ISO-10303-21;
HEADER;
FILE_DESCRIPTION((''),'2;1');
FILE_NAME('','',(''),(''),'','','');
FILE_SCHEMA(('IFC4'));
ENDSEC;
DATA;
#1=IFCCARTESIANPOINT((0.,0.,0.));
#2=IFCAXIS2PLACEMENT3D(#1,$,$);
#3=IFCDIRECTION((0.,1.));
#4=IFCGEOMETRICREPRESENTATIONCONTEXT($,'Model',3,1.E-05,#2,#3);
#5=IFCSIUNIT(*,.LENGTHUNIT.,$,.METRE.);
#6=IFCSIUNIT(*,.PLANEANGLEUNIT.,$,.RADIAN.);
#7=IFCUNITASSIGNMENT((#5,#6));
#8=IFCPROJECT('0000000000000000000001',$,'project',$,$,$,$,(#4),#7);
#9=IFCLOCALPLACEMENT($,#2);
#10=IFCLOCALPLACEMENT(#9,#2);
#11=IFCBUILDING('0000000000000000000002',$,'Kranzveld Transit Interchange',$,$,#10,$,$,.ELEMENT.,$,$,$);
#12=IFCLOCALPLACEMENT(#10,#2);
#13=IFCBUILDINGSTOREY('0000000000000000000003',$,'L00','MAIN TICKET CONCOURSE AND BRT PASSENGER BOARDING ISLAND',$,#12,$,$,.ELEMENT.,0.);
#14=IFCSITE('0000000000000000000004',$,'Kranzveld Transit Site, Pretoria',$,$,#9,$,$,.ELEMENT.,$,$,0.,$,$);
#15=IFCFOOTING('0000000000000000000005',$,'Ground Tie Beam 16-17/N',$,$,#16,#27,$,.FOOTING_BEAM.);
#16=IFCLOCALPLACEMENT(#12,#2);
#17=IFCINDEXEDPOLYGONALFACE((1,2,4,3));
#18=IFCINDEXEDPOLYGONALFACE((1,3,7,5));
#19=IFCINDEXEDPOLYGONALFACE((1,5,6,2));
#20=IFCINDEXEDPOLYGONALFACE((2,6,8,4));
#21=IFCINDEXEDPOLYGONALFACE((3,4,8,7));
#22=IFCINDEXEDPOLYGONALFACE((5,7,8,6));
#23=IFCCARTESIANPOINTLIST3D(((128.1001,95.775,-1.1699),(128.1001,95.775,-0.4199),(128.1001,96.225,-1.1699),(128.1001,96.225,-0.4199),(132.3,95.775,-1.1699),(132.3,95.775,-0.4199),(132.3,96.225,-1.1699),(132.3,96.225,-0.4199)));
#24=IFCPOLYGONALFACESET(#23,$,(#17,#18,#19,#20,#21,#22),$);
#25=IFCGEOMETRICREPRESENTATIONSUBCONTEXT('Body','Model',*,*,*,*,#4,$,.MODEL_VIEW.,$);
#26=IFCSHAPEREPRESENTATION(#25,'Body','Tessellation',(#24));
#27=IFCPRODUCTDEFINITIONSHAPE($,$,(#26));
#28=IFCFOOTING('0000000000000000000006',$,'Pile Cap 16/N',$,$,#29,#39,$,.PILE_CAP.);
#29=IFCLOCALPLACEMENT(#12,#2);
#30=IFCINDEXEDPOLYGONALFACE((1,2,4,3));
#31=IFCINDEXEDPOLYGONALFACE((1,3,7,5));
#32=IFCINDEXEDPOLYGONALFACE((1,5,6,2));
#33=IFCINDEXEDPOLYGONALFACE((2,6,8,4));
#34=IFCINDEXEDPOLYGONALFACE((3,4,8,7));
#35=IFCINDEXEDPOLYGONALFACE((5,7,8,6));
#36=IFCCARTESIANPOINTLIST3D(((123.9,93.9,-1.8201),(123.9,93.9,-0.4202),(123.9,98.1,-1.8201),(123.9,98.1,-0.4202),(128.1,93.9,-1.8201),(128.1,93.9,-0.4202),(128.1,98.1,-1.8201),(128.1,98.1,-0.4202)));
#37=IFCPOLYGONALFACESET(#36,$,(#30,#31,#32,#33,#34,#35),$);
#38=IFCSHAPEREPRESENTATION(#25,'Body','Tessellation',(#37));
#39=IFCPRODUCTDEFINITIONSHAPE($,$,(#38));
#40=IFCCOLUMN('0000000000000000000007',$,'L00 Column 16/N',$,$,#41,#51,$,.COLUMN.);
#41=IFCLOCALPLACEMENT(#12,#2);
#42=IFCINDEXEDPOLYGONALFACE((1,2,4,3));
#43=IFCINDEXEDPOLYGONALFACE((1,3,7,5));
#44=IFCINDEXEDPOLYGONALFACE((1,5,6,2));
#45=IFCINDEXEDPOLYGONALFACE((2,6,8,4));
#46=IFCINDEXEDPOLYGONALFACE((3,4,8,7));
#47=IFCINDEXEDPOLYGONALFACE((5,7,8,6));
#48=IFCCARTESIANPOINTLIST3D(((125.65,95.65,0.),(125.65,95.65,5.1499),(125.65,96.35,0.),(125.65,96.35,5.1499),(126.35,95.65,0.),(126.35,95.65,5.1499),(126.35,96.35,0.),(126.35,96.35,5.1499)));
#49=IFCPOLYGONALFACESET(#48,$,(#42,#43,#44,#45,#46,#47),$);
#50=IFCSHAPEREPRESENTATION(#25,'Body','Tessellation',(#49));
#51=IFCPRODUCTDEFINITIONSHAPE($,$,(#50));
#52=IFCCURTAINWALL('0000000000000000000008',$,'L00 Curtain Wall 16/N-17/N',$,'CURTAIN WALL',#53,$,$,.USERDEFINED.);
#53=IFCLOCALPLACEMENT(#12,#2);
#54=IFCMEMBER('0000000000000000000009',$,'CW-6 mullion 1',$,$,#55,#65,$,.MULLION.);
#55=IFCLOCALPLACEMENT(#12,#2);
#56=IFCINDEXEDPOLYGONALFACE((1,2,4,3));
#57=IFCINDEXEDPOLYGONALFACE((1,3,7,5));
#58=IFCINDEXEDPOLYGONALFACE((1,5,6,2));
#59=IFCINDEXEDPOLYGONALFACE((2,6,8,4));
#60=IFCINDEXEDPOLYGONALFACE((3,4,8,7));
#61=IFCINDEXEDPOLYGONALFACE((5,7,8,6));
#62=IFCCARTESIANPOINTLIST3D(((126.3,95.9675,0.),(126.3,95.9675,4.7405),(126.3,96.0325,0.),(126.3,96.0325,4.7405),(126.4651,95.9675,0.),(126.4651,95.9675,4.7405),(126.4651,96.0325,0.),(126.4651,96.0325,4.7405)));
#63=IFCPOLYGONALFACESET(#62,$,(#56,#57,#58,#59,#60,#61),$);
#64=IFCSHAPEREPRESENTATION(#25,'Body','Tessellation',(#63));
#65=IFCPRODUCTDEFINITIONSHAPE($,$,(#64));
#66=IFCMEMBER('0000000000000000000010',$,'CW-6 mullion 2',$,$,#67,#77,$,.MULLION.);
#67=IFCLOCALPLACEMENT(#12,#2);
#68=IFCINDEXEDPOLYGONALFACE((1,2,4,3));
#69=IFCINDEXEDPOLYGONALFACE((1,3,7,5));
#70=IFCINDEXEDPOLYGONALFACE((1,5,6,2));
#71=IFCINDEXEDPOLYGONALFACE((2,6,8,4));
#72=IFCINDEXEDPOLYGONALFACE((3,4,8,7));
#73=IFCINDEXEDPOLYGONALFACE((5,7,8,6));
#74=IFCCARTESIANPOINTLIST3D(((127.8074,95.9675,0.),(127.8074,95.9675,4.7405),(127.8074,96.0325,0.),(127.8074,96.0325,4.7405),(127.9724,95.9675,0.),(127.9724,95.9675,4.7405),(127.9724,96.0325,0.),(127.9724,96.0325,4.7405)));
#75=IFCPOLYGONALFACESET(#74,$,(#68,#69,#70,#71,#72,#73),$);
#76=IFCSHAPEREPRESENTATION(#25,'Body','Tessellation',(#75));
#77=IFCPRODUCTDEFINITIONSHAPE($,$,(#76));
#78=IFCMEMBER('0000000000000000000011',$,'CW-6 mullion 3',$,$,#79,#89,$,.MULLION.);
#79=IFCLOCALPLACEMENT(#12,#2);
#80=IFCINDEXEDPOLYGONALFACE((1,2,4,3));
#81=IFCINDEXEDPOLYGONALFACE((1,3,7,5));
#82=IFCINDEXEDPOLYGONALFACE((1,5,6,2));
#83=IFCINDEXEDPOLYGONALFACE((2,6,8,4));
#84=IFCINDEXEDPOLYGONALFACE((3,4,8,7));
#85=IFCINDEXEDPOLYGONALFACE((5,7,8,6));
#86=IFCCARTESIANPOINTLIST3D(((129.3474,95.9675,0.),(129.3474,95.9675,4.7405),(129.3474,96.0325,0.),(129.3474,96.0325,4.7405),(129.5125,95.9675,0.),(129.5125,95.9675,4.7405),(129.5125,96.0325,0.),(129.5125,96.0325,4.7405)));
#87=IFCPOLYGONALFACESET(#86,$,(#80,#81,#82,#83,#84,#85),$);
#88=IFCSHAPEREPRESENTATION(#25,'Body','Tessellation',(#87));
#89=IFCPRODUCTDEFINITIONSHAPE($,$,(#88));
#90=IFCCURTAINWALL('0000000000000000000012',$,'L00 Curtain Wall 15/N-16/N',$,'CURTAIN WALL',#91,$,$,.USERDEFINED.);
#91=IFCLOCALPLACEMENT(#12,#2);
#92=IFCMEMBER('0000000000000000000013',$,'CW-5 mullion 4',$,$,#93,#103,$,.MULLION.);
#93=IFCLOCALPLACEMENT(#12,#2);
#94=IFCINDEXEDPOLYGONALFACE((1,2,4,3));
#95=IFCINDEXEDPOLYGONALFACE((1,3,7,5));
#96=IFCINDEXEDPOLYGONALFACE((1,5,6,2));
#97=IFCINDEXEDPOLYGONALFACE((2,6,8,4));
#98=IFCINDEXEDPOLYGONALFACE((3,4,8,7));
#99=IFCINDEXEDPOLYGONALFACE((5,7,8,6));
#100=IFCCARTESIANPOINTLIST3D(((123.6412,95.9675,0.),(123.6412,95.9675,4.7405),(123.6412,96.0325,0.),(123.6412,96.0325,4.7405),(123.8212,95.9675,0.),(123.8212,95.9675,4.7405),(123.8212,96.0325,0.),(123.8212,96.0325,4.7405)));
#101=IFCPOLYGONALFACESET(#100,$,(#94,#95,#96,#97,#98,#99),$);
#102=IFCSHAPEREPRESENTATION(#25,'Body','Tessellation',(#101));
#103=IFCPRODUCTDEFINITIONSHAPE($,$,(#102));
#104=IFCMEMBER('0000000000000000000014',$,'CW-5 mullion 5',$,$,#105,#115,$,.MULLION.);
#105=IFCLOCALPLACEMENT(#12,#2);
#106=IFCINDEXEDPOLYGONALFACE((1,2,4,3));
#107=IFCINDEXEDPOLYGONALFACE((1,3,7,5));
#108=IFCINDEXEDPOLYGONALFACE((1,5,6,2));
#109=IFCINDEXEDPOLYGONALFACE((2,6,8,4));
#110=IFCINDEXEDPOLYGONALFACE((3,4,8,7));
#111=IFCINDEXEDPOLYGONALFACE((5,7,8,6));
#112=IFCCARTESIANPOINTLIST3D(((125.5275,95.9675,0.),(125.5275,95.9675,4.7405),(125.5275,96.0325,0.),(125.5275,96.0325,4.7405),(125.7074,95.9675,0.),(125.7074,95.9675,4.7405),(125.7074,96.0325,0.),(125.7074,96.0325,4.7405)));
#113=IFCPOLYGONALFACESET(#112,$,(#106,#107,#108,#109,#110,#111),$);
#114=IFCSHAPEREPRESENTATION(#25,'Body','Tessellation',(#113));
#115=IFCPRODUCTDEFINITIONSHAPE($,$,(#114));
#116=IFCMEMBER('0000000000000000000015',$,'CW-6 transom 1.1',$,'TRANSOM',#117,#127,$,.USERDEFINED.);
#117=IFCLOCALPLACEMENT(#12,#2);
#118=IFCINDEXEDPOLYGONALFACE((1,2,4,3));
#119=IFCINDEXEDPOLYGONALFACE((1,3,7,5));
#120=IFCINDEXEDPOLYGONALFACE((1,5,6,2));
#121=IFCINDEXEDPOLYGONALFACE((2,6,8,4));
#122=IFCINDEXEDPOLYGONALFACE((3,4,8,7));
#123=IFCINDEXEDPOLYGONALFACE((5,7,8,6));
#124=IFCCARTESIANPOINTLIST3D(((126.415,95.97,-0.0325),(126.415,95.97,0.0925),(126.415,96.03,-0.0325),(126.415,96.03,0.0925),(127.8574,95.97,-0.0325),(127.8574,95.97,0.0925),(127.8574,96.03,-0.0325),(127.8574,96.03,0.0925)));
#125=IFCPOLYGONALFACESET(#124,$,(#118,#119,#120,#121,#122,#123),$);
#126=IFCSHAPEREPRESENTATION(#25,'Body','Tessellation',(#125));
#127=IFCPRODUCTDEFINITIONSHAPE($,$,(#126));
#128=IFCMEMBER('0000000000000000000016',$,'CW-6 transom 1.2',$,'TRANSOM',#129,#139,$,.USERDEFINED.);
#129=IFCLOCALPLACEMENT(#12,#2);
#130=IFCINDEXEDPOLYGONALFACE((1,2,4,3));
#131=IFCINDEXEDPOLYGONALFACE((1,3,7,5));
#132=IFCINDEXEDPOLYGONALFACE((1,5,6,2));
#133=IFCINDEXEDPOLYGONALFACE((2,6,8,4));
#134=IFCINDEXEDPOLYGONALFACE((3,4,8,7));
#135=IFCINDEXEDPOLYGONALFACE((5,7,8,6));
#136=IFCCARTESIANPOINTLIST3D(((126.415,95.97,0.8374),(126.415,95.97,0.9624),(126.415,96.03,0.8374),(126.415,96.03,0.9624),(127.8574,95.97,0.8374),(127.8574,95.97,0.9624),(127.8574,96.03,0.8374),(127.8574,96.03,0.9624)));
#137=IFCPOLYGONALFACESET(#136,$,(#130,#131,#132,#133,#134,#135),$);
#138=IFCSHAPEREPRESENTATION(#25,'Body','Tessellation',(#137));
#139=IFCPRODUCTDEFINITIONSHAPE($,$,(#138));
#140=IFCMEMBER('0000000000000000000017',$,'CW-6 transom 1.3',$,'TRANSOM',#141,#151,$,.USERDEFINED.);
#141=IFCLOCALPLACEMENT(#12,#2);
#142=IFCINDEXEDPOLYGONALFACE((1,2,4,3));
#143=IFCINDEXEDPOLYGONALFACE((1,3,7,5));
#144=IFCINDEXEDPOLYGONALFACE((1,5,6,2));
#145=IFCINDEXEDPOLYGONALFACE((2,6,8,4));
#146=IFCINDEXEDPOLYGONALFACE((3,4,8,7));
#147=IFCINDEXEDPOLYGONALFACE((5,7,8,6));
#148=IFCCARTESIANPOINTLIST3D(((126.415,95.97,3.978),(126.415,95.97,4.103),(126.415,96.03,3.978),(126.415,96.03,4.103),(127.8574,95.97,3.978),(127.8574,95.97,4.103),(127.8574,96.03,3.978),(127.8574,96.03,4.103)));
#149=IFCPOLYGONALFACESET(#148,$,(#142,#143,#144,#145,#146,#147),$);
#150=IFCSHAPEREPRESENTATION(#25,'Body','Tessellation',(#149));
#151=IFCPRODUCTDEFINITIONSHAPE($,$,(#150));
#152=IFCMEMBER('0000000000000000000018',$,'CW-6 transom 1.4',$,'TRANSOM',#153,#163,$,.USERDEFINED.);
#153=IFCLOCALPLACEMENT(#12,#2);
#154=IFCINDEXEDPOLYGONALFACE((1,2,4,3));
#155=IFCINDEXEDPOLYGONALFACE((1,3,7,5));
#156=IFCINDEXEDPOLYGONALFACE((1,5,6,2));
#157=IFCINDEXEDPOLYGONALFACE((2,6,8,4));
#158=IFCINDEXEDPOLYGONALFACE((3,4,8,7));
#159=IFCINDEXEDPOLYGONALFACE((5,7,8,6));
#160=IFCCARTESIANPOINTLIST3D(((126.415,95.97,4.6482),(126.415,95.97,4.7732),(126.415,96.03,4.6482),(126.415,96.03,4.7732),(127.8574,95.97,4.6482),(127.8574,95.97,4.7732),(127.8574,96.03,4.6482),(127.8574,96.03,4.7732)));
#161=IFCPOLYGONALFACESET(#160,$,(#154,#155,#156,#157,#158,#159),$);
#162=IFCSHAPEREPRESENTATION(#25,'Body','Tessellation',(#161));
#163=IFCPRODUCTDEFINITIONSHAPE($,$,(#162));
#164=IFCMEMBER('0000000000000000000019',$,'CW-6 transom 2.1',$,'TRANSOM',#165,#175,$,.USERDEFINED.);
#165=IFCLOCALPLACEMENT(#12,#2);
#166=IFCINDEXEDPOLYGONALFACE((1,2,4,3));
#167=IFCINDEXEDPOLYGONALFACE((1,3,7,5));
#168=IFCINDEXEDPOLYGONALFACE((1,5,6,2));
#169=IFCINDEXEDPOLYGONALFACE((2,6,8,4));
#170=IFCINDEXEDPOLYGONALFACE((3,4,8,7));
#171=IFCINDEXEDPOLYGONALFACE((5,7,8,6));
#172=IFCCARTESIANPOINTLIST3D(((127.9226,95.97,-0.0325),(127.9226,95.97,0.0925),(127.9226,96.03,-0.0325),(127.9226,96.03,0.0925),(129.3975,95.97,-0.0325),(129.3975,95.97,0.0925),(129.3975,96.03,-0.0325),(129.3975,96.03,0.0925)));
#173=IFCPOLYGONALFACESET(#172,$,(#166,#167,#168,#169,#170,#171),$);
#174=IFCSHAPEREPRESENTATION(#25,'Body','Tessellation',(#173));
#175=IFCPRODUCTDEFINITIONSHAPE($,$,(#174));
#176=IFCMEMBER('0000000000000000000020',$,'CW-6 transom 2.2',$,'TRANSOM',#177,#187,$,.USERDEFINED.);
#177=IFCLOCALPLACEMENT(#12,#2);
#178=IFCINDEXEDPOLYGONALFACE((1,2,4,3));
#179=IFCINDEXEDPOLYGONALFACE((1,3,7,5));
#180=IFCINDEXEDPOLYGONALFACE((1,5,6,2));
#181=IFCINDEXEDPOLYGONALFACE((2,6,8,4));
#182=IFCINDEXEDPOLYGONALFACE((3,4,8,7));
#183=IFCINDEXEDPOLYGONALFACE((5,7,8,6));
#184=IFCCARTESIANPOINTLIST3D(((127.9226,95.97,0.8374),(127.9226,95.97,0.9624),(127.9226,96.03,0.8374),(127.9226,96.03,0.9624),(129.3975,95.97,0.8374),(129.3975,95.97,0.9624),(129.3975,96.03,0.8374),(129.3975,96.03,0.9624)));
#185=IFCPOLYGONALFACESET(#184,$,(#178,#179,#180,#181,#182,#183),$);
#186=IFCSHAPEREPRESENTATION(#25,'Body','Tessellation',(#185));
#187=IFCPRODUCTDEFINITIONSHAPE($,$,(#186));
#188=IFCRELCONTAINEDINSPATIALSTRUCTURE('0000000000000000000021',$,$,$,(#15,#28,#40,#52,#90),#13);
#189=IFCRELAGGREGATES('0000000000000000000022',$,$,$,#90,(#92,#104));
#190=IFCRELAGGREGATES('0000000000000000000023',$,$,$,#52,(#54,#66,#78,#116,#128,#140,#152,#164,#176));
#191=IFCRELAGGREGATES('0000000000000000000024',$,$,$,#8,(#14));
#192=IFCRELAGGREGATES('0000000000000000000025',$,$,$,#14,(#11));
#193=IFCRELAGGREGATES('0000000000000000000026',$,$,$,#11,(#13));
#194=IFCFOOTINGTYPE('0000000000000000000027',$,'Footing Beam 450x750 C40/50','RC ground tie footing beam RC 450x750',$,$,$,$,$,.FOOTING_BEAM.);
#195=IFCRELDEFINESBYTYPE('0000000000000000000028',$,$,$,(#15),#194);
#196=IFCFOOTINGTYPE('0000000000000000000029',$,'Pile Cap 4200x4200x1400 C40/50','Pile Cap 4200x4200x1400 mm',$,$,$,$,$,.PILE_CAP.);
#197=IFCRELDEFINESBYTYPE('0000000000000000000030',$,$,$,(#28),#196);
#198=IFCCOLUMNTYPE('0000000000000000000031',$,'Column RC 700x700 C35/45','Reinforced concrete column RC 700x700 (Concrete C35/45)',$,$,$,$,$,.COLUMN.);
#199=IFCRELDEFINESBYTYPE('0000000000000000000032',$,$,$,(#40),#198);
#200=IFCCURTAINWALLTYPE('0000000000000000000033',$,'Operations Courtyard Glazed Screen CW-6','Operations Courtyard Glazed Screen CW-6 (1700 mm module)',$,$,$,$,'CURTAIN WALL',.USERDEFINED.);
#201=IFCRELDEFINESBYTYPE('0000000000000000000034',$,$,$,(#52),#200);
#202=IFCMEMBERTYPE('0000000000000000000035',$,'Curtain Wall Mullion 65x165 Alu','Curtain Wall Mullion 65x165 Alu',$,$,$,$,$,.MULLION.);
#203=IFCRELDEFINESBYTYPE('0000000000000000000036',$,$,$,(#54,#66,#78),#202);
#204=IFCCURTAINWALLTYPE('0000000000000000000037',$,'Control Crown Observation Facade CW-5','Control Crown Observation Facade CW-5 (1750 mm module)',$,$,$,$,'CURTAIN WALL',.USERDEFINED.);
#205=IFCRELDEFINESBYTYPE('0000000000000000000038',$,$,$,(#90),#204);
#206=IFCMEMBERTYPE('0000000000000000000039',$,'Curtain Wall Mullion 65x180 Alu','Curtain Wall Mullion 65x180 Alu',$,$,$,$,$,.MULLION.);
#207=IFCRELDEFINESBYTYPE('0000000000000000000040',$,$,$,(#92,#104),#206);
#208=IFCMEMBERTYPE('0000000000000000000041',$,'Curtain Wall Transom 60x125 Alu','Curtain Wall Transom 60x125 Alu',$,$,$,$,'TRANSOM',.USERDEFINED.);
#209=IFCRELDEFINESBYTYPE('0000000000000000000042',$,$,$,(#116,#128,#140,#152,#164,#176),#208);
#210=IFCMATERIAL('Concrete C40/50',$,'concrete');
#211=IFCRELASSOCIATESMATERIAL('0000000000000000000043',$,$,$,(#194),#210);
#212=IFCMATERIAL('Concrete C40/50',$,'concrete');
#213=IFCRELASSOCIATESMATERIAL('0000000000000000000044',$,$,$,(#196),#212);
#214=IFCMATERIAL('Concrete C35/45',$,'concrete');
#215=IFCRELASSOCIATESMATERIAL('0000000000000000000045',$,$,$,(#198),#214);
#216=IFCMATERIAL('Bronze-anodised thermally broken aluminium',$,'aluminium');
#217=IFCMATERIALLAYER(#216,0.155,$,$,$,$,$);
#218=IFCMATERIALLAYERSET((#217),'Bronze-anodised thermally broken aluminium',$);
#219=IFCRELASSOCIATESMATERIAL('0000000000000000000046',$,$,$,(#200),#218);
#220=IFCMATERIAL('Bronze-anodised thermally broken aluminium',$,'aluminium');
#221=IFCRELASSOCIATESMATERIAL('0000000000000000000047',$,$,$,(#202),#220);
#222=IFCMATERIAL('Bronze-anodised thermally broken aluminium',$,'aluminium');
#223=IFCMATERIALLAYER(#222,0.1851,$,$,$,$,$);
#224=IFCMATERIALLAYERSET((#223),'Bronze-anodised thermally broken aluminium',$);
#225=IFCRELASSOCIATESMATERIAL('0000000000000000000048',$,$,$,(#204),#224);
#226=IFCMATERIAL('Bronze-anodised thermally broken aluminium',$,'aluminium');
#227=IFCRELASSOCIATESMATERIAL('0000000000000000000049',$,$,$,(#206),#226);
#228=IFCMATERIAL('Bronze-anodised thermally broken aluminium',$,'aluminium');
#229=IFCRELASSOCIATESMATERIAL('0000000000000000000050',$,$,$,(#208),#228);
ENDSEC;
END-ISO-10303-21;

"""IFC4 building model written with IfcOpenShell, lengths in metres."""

from ifc_helpers import new_model, si_unit, direction, frame, origin, origin_2d, place, context, subcontext, project, spatial, rectangle, extrude, material, layer, layer_set, material_profile, profile_set, type_object, element, aggregate, save


model = new_model("IFC4")

# Units and contexts
model_context = context("Model", 3, precision=1e-05, world=origin(), true_north=direction((0.0, 1.0)))
body_context = subcontext(model_context, "Body", "Model", "MODEL_VIEW")
ifc_project = project(units=[si_unit("LENGTHUNIT", "METRE"), si_unit("PLANEANGLEUNIT", "RADIAN")], contexts=[model_context])

# Site, building, storey
site_placement = place(None, origin())
site = spatial("IfcSite", under=ifc_project, at=site_placement, Name="Kranzveld Transit Site, Pretoria", CompositionType="ELEMENT", RefElevation=0.0)
building_placement = place(site_placement, origin())
building = spatial("IfcBuilding", under=site, at=building_placement, Name="Kranzveld Transit Interchange", CompositionType="ELEMENT")
storey_placement = place(building_placement, origin())
storey = spatial("IfcBuildingStorey", under=building, at=storey_placement, Name="L00", Description="MAIN TICKET CONCOURSE AND BRT PASSENGER BOARDING ISLAND", CompositionType="ELEMENT", Elevation=0.0)

# Footings
ifc_material_1 = material(Name="Concrete C40/50", Category="concrete")
ifc_material_profile_1 = material_profile(ifc_material_1, rectangle(XDim=0.45, YDim=0.75, at=origin_2d()), Name="RC 450x750")
ifc_profile_set_1 = profile_set([ifc_material_profile_1], Name="Concrete C40/50")
footing_type_1 = type_object("IfcFootingType", Name="Footing Beam 450x750 C40/50", Description="RC ground tie footing beam RC 450x750", PredefinedType="FOOTING_BEAM", material=ifc_profile_set_1)
footing_1_placement = place(storey_placement, frame((128.1001, 96.0, -0.7949), z_axis=(1.0, 0.0, 0.0), x_axis=(0.0, 1.0, 0.0)))
element("IfcFooting", 1, at=footing_1_placement, inside=storey, type_object=footing_type_1, Name="Ground Tie Beam 16-17/N", PredefinedType="FOOTING_BEAM", context=body_context, shape_type="SweptSolid", body=[
    extrude(rectangle(XDim=0.45, YDim=0.75, at=origin_2d()), origin(), (0.0, 0.0, 1.0), 4.2),
])
ifc_material_2 = material(Name="Concrete C40/50", Category="concrete")
footing_type_2 = type_object("IfcFootingType", Name="Pile Cap 4200x4200x1400 C40/50", Description="Pile Cap 4200x4200x1400 mm", PredefinedType="PILE_CAP", material=ifc_material_2)
footing_2_placement = place(storey_placement, frame((126.0, 96.0, -1.8201), z_axis=(0.0, 0.0, 1.0), x_axis=(1.0, 0.0, 0.0)))
element("IfcFooting", 2, at=footing_2_placement, inside=storey, type_object=footing_type_2, Name="Pile Cap 16/N", PredefinedType="PILE_CAP", context=body_context, shape_type="SweptSolid", body=[
    extrude(rectangle(XDim=4.2, YDim=4.2, at=origin_2d()), origin(), (0.0, 0.0, 1.0), 1.3999),
])

# Column
ifc_material_3 = material(Name="Concrete C35/45", Category="concrete")
ifc_material_profile_2 = material_profile(ifc_material_3, rectangle(XDim=0.7, YDim=0.7, at=origin_2d()), Name="RC 700x700")
ifc_profile_set_2 = profile_set([ifc_material_profile_2], Name="Concrete C35/45")
column_type = type_object("IfcColumnType", Name="Column RC 700x700 C35/45", Description="Reinforced concrete column RC 700x700 (Concrete C35/45)", PredefinedType="COLUMN", material=ifc_profile_set_2)
column_placement = place(storey_placement, frame((126.0, 96.0, 0.0), z_axis=(0.0, 0.0, 1.0), x_axis=(1.0, 0.0, 0.0)))
element("IfcColumn", 3, at=column_placement, inside=storey, type_object=column_type, Name="L00 Column 16/N", PredefinedType="COLUMN", context=body_context, shape_type="SweptSolid", body=[
    extrude(rectangle(XDim=0.7, YDim=0.7, at=origin_2d()), origin(), (0.0, 0.0, 1.0), 5.1499),
])

# Curtain walls, members
ifc_material_4 = material(Name="Bronze-anodised thermally broken aluminium", Category="aluminium")
ifc_layer_1 = layer(ifc_material_4, 0.155)
ifc_layer_set_1 = layer_set([ifc_layer_1], Name="Bronze-anodised thermally broken aluminium")
curtain_wall_type_1 = type_object("IfcCurtainWallType", Name="Operations Courtyard Glazed Screen CW-6", Description="Operations Courtyard Glazed Screen CW-6 (1700 mm module)", ElementType="CURTAIN WALL", PredefinedType="USERDEFINED", material=ifc_layer_set_1)
curtain_wall_1_placement = place(storey_placement, origin())
curtain_wall_1 = element("IfcCurtainWall", 4, at=curtain_wall_1_placement, inside=storey, type_object=curtain_wall_type_1, Name="L00 Curtain Wall 16/N-17/N", ObjectType="CURTAIN WALL", PredefinedType="USERDEFINED")
ifc_material_5 = material(Name="Bronze-anodised thermally broken aluminium", Category="aluminium")
ifc_material_profile_3 = material_profile(ifc_material_5, rectangle(XDim=0.0649, YDim=0.165, at=origin_2d()), Name="ALU MULLION 65x165")
ifc_profile_set_3 = profile_set([ifc_material_profile_3], Name="Bronze-anodised thermally broken aluminium")
member_type_1 = type_object("IfcMemberType", Name="Curtain Wall Mullion 65x165 Alu", Description="Curtain Wall Mullion 65x165 Alu", PredefinedType="MULLION", material=ifc_profile_set_3)
member_1_placement = place(storey_placement, frame((126.3826, 96.0, 0.0), z_axis=(0.0, 0.0, 1.0), x_axis=(0.0, 1.0, 0.0)))
member_1 = element("IfcMember", 5, at=member_1_placement, type_object=member_type_1, Name="CW-6 mullion 1", PredefinedType="MULLION", context=body_context, shape_type="SweptSolid", body=[
    extrude(rectangle(XDim=0.0649, YDim=0.165, at=origin_2d()), origin(), (0.0, 0.0, 1.0), 4.7405),
])
member_2_placement = place(storey_placement, frame((127.8899, 96.0, 0.0), z_axis=(0.0, 0.0, 1.0), x_axis=(0.0, 1.0, 0.0)))
member_2 = element("IfcMember", 6, at=member_2_placement, type_object=member_type_1, Name="CW-6 mullion 2", PredefinedType="MULLION", context=body_context, shape_type="SweptSolid", body=[
    extrude(rectangle(XDim=0.0649, YDim=0.165, at=origin_2d()), origin(), (0.0, 0.0, 1.0), 4.7405),
])
member_3_placement = place(storey_placement, frame((129.4299, 96.0, 0.0), z_axis=(0.0, 0.0, 1.0), x_axis=(0.0, 1.0, 0.0)))
member_3 = element("IfcMember", 7, at=member_3_placement, type_object=member_type_1, Name="CW-6 mullion 3", PredefinedType="MULLION", context=body_context, shape_type="SweptSolid", body=[
    extrude(rectangle(XDim=0.0649, YDim=0.165, at=origin_2d()), origin(), (0.0, 0.0, 1.0), 4.7405),
])
ifc_material_6 = material(Name="Bronze-anodised thermally broken aluminium", Category="aluminium")
ifc_layer_2 = layer(ifc_material_6, 0.1851)
ifc_layer_set_2 = layer_set([ifc_layer_2], Name="Bronze-anodised thermally broken aluminium")
curtain_wall_type_2 = type_object("IfcCurtainWallType", Name="Control Crown Observation Facade CW-5", Description="Control Crown Observation Facade CW-5 (1750 mm module)", ElementType="CURTAIN WALL", PredefinedType="USERDEFINED", material=ifc_layer_set_2)
curtain_wall_2_placement = place(storey_placement, origin())
curtain_wall_2 = element("IfcCurtainWall", 8, at=curtain_wall_2_placement, inside=storey, type_object=curtain_wall_type_2, Name="L00 Curtain Wall 15/N-16/N", ObjectType="CURTAIN WALL", PredefinedType="USERDEFINED")
ifc_material_7 = material(Name="Bronze-anodised thermally broken aluminium", Category="aluminium")
ifc_material_profile_4 = material_profile(ifc_material_7, rectangle(XDim=0.0649, YDim=0.1799, at=origin_2d()), Name="ALU MULLION 65x180")
ifc_profile_set_4 = profile_set([ifc_material_profile_4], Name="Bronze-anodised thermally broken aluminium")
member_type_2 = type_object("IfcMemberType", Name="Curtain Wall Mullion 65x180 Alu", Description="Curtain Wall Mullion 65x180 Alu", PredefinedType="MULLION", material=ifc_profile_set_4)
member_4_placement = place(storey_placement, frame((123.7312, 96.0, 0.0), z_axis=(0.0, 0.0, 1.0), x_axis=(0.0, 1.0, 0.0)))
member_4 = element("IfcMember", 9, at=member_4_placement, type_object=member_type_2, Name="CW-5 mullion 4", PredefinedType="MULLION", context=body_context, shape_type="SweptSolid", body=[
    extrude(rectangle(XDim=0.0649, YDim=0.1799, at=origin_2d()), origin(), (0.0, 0.0, 1.0), 4.7405),
])
member_5_placement = place(storey_placement, frame((125.6174, 96.0, 0.0), z_axis=(0.0, 0.0, 1.0), x_axis=(0.0, 1.0, 0.0)))
member_5 = element("IfcMember", 10, at=member_5_placement, type_object=member_type_2, Name="CW-5 mullion 5", PredefinedType="MULLION", context=body_context, shape_type="SweptSolid", body=[
    extrude(rectangle(XDim=0.0649, YDim=0.1799, at=origin_2d()), origin(), (0.0, 0.0, 1.0), 4.7405),
])

# Members
ifc_material_8 = material(Name="Bronze-anodised thermally broken aluminium", Category="aluminium")
ifc_material_profile_5 = material_profile(ifc_material_8, rectangle(XDim=0.0601, YDim=0.125, at=origin_2d()), Name="ALU TRANSOM 60x125")
ifc_profile_set_5 = profile_set([ifc_material_profile_5], Name="Bronze-anodised thermally broken aluminium")
member_type_3 = type_object("IfcMemberType", Name="Curtain Wall Transom 60x125 Alu", Description="Curtain Wall Transom 60x125 Alu", ElementType="TRANSOM", PredefinedType="USERDEFINED", material=ifc_profile_set_5)
member_6_placement = place(storey_placement, frame((126.415, 96.0, 0.03), z_axis=(1.0, 0.0, 0.0), x_axis=(0.0, 1.0, 0.0)))
member_6 = element("IfcMember", 11, at=member_6_placement, type_object=member_type_3, Name="CW-6 transom 1.1", ObjectType="TRANSOM", PredefinedType="USERDEFINED", context=body_context, shape_type="SweptSolid", body=[
    extrude(rectangle(XDim=0.0601, YDim=0.125, at=origin_2d()), origin(), (0.0, 0.0, 1.0), 1.4424),
])
member_7_placement = place(storey_placement, frame((126.415, 96.0, 0.8999), z_axis=(1.0, 0.0, 0.0), x_axis=(0.0, 1.0, 0.0)))
member_7 = element("IfcMember", 12, at=member_7_placement, type_object=member_type_3, Name="CW-6 transom 1.2", ObjectType="TRANSOM", PredefinedType="USERDEFINED", context=body_context, shape_type="SweptSolid", body=[
    extrude(rectangle(XDim=0.0601, YDim=0.125, at=origin_2d()), origin(), (0.0, 0.0, 1.0), 1.4424),
])
member_8_placement = place(storey_placement, frame((126.415, 96.0, 4.0405), z_axis=(1.0, 0.0, 0.0), x_axis=(0.0, 1.0, 0.0)))
member_8 = element("IfcMember", 13, at=member_8_placement, type_object=member_type_3, Name="CW-6 transom 1.3", ObjectType="TRANSOM", PredefinedType="USERDEFINED", context=body_context, shape_type="SweptSolid", body=[
    extrude(rectangle(XDim=0.0601, YDim=0.125, at=origin_2d()), origin(), (0.0, 0.0, 1.0), 1.4424),
])
member_9_placement = place(storey_placement, frame((126.415, 96.0, 4.7107), z_axis=(1.0, 0.0, 0.0), x_axis=(0.0, 1.0, 0.0)))
member_9 = element("IfcMember", 14, at=member_9_placement, type_object=member_type_3, Name="CW-6 transom 1.4", ObjectType="TRANSOM", PredefinedType="USERDEFINED", context=body_context, shape_type="SweptSolid", body=[
    extrude(rectangle(XDim=0.0601, YDim=0.125, at=origin_2d()), origin(), (0.0, 0.0, 1.0), 1.4424),
])
member_10_placement = place(storey_placement, frame((127.9226, 96.0, 0.03), z_axis=(1.0, 0.0, 0.0), x_axis=(0.0, 1.0, 0.0)))
member_10 = element("IfcMember", 15, at=member_10_placement, type_object=member_type_3, Name="CW-6 transom 2.1", ObjectType="TRANSOM", PredefinedType="USERDEFINED", context=body_context, shape_type="SweptSolid", body=[
    extrude(rectangle(XDim=0.0601, YDim=0.125, at=origin_2d()), origin(), (0.0, 0.0, 1.0), 1.4749),
])
member_11_placement = place(storey_placement, frame((127.9226, 96.0, 0.8999), z_axis=(1.0, 0.0, 0.0), x_axis=(0.0, 1.0, 0.0)))
member_11 = element("IfcMember", 16, at=member_11_placement, type_object=member_type_3, Name="CW-6 transom 2.2", ObjectType="TRANSOM", PredefinedType="USERDEFINED", context=body_context, shape_type="SweptSolid", body=[
    extrude(rectangle(XDim=0.0601, YDim=0.125, at=origin_2d()), origin(), (0.0, 0.0, 1.0), 1.4749),
])

aggregate(curtain_wall_2, [member_4, member_5])
aggregate(curtain_wall_1, [member_1, member_2, member_3, member_6, member_7, member_8, member_9, member_10, member_11])

save(model, "model.ifc")
